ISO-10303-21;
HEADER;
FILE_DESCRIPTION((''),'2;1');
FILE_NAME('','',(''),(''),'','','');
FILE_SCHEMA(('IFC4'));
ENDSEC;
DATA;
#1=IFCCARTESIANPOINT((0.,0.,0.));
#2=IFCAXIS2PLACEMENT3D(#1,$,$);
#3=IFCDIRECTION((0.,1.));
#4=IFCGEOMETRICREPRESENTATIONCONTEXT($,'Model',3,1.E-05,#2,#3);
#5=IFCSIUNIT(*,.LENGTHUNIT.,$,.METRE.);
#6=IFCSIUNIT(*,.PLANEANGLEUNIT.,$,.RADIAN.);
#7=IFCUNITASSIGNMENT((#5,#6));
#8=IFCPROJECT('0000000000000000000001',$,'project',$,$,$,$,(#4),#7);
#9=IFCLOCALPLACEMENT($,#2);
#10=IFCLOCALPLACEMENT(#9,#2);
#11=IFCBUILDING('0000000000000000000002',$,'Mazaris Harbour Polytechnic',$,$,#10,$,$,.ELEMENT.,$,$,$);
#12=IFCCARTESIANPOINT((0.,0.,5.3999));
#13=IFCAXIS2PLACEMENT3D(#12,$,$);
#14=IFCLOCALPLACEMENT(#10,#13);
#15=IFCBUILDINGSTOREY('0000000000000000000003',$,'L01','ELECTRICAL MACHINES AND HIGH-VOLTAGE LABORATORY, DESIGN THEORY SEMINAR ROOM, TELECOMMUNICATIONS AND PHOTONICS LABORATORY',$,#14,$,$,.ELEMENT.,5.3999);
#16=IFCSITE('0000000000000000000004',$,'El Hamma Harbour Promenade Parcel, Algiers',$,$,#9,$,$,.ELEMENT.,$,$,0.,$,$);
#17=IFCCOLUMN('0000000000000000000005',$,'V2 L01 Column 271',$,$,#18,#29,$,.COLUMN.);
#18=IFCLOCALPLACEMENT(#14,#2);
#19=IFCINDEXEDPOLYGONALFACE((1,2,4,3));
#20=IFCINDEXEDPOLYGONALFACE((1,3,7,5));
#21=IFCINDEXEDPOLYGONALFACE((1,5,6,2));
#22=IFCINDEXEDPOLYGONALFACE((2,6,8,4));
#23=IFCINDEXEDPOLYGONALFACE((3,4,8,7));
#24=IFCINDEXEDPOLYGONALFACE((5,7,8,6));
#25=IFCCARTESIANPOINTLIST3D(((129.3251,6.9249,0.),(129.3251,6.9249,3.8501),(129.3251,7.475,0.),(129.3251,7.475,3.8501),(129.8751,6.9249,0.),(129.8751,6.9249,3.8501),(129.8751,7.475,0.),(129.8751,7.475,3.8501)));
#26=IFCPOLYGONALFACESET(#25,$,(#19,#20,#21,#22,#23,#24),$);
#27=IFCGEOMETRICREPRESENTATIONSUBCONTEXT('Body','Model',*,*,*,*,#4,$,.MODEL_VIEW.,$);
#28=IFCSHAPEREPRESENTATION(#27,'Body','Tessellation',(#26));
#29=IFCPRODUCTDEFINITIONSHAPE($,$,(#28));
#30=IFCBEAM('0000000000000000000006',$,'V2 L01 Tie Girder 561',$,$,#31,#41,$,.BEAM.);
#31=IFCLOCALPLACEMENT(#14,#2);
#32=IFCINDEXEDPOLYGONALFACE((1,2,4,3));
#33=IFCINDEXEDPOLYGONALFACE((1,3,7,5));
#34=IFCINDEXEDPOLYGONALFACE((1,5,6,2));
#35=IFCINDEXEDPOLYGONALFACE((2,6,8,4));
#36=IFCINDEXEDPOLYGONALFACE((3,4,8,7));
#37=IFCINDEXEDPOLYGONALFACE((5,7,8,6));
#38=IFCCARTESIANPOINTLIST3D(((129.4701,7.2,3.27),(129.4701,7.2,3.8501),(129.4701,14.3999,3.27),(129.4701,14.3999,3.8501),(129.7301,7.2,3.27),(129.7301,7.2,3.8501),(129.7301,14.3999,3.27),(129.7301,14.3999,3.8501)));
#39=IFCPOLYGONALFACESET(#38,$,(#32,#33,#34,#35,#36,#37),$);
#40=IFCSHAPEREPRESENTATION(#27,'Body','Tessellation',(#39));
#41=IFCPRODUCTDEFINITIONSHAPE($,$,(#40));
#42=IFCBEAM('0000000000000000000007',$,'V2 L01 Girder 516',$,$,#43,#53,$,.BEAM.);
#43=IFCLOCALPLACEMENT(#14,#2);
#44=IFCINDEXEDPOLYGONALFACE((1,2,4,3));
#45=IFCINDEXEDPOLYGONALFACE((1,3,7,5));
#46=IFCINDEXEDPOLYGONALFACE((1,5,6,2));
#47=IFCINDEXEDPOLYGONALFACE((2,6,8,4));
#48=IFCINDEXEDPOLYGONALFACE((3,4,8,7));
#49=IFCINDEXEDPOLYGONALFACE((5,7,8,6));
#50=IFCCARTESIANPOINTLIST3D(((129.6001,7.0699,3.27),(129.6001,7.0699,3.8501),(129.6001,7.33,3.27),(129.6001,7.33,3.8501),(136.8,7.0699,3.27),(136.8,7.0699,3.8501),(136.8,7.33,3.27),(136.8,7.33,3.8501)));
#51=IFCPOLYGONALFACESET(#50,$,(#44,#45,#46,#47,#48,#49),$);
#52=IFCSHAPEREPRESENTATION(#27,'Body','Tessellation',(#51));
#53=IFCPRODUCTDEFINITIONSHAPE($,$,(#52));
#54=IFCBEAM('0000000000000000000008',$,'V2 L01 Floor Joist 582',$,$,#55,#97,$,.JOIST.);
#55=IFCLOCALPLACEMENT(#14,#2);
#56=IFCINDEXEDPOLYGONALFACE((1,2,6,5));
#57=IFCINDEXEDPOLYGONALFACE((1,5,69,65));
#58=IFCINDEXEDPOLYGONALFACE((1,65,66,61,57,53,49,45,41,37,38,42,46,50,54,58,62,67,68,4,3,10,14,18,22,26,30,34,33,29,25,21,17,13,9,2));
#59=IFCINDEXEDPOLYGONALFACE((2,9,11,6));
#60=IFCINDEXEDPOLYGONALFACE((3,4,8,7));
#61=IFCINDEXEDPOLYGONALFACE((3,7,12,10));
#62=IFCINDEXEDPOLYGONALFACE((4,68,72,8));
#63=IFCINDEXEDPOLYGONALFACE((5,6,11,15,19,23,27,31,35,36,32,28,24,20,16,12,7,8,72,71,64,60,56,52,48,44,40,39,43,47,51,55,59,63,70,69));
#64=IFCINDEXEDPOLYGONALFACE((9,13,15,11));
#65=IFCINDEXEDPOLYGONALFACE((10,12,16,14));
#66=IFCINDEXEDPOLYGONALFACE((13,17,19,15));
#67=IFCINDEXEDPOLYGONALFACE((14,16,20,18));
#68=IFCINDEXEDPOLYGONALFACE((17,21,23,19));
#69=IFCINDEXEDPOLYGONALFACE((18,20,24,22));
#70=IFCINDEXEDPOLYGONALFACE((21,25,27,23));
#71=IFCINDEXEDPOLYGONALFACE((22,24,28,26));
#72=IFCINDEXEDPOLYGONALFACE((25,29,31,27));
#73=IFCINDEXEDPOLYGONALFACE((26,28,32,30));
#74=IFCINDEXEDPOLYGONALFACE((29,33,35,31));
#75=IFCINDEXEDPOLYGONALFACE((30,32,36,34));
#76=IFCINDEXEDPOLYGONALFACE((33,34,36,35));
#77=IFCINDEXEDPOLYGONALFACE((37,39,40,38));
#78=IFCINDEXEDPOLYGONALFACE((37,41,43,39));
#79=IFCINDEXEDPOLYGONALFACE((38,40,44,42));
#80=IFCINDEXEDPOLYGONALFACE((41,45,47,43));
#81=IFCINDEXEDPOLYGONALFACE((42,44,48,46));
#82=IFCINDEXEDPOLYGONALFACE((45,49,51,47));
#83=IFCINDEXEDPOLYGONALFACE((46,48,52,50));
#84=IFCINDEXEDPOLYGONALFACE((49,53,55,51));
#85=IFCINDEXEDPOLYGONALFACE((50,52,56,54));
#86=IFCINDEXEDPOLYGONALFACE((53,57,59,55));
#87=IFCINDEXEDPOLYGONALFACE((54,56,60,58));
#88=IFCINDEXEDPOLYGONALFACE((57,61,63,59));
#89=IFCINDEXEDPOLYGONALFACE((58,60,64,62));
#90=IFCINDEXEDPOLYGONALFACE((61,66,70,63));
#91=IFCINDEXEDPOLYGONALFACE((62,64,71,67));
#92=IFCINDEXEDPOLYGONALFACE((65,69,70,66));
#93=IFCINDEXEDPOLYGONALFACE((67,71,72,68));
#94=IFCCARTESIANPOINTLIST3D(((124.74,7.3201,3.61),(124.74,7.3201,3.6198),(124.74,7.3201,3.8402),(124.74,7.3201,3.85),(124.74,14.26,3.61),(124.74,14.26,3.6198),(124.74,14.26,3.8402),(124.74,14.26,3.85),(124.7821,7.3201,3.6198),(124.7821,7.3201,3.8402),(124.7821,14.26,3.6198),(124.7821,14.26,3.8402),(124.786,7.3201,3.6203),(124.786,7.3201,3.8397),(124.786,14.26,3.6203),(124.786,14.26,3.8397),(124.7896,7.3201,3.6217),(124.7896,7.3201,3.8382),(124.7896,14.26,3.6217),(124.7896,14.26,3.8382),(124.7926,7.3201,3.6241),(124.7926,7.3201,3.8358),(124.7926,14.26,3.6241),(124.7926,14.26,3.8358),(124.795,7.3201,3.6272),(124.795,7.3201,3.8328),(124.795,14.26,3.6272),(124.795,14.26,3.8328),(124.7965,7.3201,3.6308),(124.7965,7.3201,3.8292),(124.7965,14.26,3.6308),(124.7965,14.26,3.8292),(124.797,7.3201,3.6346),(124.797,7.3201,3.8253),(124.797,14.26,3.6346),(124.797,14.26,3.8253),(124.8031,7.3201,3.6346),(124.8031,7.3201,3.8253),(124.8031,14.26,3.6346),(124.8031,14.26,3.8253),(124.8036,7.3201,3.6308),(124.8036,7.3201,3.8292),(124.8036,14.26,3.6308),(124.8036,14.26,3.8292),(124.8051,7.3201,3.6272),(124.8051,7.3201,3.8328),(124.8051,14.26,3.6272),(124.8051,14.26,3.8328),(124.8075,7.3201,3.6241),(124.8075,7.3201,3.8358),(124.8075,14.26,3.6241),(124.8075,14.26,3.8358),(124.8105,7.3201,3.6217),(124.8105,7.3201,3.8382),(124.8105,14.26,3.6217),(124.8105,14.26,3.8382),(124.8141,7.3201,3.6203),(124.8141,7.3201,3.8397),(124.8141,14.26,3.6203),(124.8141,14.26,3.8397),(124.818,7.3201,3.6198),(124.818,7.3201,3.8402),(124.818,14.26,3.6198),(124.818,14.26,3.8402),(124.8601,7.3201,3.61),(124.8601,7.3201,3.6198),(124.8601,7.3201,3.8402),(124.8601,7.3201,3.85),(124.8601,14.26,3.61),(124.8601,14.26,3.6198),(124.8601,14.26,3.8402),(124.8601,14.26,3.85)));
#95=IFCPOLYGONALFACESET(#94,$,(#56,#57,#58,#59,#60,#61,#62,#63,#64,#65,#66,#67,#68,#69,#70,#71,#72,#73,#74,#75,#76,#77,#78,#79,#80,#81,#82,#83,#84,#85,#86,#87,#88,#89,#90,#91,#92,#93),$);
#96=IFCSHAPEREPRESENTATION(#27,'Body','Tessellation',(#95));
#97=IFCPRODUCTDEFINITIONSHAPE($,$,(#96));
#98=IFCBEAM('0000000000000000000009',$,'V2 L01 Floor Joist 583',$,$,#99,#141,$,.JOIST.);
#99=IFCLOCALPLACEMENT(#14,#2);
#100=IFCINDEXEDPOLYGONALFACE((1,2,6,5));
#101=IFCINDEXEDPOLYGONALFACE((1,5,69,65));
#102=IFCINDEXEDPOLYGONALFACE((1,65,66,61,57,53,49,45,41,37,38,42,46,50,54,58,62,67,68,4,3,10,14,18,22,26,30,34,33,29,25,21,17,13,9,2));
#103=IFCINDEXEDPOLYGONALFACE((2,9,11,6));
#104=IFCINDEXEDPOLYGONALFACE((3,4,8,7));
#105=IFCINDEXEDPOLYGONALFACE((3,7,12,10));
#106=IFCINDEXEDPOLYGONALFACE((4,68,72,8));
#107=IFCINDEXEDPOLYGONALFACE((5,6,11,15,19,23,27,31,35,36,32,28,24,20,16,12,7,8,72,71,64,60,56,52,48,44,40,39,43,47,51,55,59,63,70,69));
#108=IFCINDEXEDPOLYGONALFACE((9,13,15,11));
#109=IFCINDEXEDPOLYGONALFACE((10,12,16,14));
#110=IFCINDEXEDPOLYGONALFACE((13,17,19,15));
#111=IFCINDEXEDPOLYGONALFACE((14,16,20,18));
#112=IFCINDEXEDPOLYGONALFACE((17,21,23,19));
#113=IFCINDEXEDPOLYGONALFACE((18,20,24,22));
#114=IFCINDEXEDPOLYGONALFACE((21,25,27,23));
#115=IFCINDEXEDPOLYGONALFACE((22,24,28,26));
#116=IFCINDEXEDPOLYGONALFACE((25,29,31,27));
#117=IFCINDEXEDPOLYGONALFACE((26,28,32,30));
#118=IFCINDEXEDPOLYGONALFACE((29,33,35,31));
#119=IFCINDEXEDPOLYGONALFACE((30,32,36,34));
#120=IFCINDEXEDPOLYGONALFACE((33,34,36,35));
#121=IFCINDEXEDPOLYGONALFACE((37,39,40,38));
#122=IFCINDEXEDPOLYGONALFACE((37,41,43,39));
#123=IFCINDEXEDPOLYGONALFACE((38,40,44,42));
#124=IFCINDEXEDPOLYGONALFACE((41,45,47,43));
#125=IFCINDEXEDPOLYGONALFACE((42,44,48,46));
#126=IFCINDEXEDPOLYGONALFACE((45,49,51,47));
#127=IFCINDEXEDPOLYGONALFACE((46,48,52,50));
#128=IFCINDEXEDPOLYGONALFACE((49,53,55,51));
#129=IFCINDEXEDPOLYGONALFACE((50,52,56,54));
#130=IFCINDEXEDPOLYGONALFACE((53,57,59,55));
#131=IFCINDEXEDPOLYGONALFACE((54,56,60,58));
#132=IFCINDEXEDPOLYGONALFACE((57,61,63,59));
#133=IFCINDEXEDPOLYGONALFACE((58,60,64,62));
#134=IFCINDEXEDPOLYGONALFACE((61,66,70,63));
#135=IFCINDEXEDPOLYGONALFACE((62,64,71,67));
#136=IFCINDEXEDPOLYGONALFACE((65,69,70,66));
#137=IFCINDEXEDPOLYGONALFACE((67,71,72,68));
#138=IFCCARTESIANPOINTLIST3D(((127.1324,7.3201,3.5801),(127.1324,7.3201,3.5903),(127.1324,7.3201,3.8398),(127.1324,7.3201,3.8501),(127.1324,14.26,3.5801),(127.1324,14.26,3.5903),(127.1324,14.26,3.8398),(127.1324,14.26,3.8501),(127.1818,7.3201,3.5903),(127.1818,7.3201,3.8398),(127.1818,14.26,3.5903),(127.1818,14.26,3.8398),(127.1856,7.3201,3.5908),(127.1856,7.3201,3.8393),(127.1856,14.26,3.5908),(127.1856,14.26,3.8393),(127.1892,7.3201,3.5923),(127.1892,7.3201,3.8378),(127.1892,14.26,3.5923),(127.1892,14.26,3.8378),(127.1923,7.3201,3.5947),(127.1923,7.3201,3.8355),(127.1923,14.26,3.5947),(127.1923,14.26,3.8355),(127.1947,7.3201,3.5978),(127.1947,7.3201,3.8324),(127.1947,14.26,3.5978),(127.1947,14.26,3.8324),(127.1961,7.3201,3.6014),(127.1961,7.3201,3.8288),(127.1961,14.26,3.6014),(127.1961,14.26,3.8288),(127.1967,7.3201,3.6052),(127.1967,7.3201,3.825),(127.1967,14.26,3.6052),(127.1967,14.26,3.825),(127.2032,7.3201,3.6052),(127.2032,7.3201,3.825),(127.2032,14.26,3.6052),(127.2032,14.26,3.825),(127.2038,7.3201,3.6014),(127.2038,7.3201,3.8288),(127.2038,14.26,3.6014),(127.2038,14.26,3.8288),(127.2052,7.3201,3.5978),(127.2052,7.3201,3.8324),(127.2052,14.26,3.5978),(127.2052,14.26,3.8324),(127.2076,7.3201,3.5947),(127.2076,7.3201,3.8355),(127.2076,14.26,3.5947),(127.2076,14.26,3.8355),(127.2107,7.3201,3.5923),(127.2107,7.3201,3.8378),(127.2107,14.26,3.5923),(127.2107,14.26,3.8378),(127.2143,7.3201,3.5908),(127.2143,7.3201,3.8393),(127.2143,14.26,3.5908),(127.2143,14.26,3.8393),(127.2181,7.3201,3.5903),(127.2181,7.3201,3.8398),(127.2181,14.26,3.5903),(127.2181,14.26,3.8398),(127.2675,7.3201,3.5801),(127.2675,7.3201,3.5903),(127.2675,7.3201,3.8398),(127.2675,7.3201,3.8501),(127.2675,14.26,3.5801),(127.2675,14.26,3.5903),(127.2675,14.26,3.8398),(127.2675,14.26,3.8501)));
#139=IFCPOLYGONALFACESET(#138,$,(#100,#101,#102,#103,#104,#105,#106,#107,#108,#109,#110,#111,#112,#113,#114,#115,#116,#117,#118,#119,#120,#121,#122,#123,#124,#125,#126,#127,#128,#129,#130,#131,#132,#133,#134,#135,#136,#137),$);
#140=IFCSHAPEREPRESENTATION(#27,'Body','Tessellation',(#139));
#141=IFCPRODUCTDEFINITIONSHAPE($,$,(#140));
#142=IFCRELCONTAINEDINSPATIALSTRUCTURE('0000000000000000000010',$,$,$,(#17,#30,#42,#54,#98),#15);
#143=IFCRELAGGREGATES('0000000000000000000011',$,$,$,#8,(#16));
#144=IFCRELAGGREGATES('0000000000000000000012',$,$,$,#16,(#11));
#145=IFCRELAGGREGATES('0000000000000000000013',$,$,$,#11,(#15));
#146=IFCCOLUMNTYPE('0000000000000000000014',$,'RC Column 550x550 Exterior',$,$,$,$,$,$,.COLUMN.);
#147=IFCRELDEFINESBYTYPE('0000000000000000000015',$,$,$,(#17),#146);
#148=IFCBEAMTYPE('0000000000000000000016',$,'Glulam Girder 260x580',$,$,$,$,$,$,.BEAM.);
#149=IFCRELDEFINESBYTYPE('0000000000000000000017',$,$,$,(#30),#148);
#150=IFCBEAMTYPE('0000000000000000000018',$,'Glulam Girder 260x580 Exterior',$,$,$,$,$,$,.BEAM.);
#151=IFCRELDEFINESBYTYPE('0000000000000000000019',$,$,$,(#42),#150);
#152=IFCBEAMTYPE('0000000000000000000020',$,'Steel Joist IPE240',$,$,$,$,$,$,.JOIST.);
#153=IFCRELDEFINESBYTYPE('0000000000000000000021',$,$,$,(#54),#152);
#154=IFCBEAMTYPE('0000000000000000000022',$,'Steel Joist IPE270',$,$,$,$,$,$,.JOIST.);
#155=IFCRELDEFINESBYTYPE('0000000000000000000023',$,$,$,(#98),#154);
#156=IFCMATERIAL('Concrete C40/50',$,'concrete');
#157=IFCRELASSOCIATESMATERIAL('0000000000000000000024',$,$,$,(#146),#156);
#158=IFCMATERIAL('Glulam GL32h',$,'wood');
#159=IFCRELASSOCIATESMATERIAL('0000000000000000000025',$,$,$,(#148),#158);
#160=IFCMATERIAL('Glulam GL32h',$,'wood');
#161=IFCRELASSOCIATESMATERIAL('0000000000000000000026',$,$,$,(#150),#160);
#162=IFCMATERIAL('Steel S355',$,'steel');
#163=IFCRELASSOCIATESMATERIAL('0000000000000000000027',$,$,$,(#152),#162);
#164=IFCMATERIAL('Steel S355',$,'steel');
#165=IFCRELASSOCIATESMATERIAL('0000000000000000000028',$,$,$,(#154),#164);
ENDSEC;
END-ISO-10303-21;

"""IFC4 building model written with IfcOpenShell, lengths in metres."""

from ifc_helpers import new_model, si_unit, direction, frame, origin, origin_2d, place, context, subcontext, project, spatial, rectangle, i_section, extrude, material, material_profile, profile_set, type_object, element, save


model = new_model("IFC4")

# Units and contexts
model_context = context("Model", 3, precision=1e-05, world=origin(), true_north=direction((0.0, 1.0)))
body_context = subcontext(model_context, "Body", "Model", "MODEL_VIEW")
ifc_project = project(units=[si_unit("LENGTHUNIT", "METRE"), si_unit("PLANEANGLEUNIT", "RADIAN")], contexts=[model_context])

# Site, building, storey
site_placement = place(None, origin())
site = spatial("IfcSite", under=ifc_project, at=site_placement, Name="El Hamma Harbour Promenade Parcel, Algiers", CompositionType="ELEMENT", RefElevation=0.0)
building_placement = place(site_placement, origin())
building = spatial("IfcBuilding", under=site, at=building_placement, Name="Mazaris Harbour Polytechnic", CompositionType="ELEMENT")
storey_placement = place(building_placement, frame((0.0, 0.0, 5.3999)))
storey = spatial("IfcBuildingStorey", under=building, at=storey_placement, Name="L01", Description="ELECTRICAL MACHINES AND HIGH-VOLTAGE LABORATORY, DESIGN THEORY SEMINAR ROOM, TELECOMMUNICATIONS AND PHOTONICS LABORATORY", CompositionType="ELEMENT", Elevation=5.3999)

# Column
ifc_material_1 = material(Name="Concrete C40/50", Category="concrete")
ifc_material_profile_1 = material_profile(ifc_material_1, rectangle(XDim=0.55, YDim=0.55, at=origin_2d()), Name="RECT550x550")
ifc_profile_set_1 = profile_set([ifc_material_profile_1], Name="Concrete C40/50")
column_type = type_object("IfcColumnType", Name="RC Column 550x550 Exterior", PredefinedType="COLUMN", material=ifc_profile_set_1)
column_placement = place(storey_placement, frame((129.6001, 7.2, 0.0), z_axis=(0.0, 0.0, 1.0), x_axis=(1.0, 0.0, 0.0)))
element("IfcColumn", 1, at=column_placement, inside=storey, type_object=column_type, Name="V2 L01 Column 271", PredefinedType="COLUMN", context=body_context, shape_type="SweptSolid", body=[
    extrude(rectangle(XDim=0.55, YDim=0.55, at=origin_2d()), origin(), (0.0, 0.0, 1.0), 3.8501),
])

# Beams
ifc_material_2 = material(Name="Glulam GL32h", Category="wood")
ifc_material_profile_2 = material_profile(ifc_material_2, rectangle(XDim=0.26, YDim=0.5801, at=origin_2d()), Name="RECT260x580")
ifc_profile_set_2 = profile_set([ifc_material_profile_2], Name="Glulam GL32h")
beam_type_1 = type_object("IfcBeamType", Name="Glulam Girder 260x580", PredefinedType="BEAM", material=ifc_profile_set_2)
beam_1_placement = place(storey_placement, frame((129.6001, 7.2, 3.5601), z_axis=(0.0, 1.0, 0.0), x_axis=(-1.0, 0.0, 0.0)))
element("IfcBeam", 2, at=beam_1_placement, inside=storey, type_object=beam_type_1, Name="V2 L01 Tie Girder 561", PredefinedType="BEAM", context=body_context, shape_type="SweptSolid", body=[
    extrude(rectangle(XDim=0.26, YDim=0.5801, at=origin_2d()), origin(), (0.0, 0.0, 1.0), 7.2),
])
ifc_material_3 = material(Name="Glulam GL32h", Category="wood")
ifc_material_profile_3 = material_profile(ifc_material_3, rectangle(XDim=0.26, YDim=0.5801, at=origin_2d()), Name="RECT260x580")
ifc_profile_set_3 = profile_set([ifc_material_profile_3], Name="Glulam GL32h")
beam_type_2 = type_object("IfcBeamType", Name="Glulam Girder 260x580 Exterior", PredefinedType="BEAM", material=ifc_profile_set_3)
beam_2_placement = place(storey_placement, frame((129.6001, 7.2, 3.5601), z_axis=(1.0, 0.0, 0.0), x_axis=(0.0, 1.0, 0.0)))
element("IfcBeam", 3, at=beam_2_placement, inside=storey, type_object=beam_type_2, Name="V2 L01 Girder 516", PredefinedType="BEAM", context=body_context, shape_type="SweptSolid", body=[
    extrude(rectangle(XDim=0.26, YDim=0.5801, at=origin_2d()), origin(), (0.0, 0.0, 1.0), 7.2),
])
ifc_material_4 = material(Name="Steel S355", Category="steel")
ifc_material_profile_4 = material_profile(ifc_material_4, i_section(OverallWidth=0.1201, OverallDepth=0.24, WebThickness=0.0061, FlangeThickness=0.0098, FilletRadius=0.0149, at=origin_2d()), Name="IPE 240")
ifc_profile_set_4 = profile_set([ifc_material_profile_4], Name="Steel S355")
beam_type_3 = type_object("IfcBeamType", Name="Steel Joist IPE240", PredefinedType="JOIST", material=ifc_profile_set_4)
beam_3_placement = place(storey_placement, frame((124.8, 7.3201, 3.73), z_axis=(0.0, 1.0, 0.0), x_axis=(-1.0, 0.0, 0.0)))
element("IfcBeam", 4, at=beam_3_placement, inside=storey, type_object=beam_type_3, Name="V2 L01 Floor Joist 582", PredefinedType="JOIST", context=body_context, shape_type="SweptSolid", body=[
    extrude(i_section(OverallWidth=0.1201, OverallDepth=0.24, WebThickness=0.0061, FlangeThickness=0.0098, FilletRadius=0.0149, at=origin_2d()), origin(), (0.0, 0.0, 1.0), 6.9399),
])
ifc_material_5 = material(Name="Steel S355", Category="steel")
ifc_material_profile_5 = material_profile(ifc_material_5, i_section(OverallWidth=0.135, OverallDepth=0.27, WebThickness=0.0066, FlangeThickness=0.0103, FilletRadius=0.0149, at=origin_2d()), Name="IPE 270")
ifc_profile_set_5 = profile_set([ifc_material_profile_5], Name="Steel S355")
beam_type_4 = type_object("IfcBeamType", Name="Steel Joist IPE270", PredefinedType="JOIST", material=ifc_profile_set_5)
beam_4_placement = place(storey_placement, frame((127.2, 7.3201, 3.7151), z_axis=(0.0, 1.0, 0.0), x_axis=(-1.0, 0.0, 0.0)))
element("IfcBeam", 5, at=beam_4_placement, inside=storey, type_object=beam_type_4, Name="V2 L01 Floor Joist 583", PredefinedType="JOIST", context=body_context, shape_type="SweptSolid", body=[
    extrude(i_section(OverallWidth=0.135, OverallDepth=0.27, WebThickness=0.0066, FlangeThickness=0.0103, FilletRadius=0.0149, at=origin_2d()), origin(), (0.0, 0.0, 1.0), 6.9399),
])

save(model, "model.ifc")
